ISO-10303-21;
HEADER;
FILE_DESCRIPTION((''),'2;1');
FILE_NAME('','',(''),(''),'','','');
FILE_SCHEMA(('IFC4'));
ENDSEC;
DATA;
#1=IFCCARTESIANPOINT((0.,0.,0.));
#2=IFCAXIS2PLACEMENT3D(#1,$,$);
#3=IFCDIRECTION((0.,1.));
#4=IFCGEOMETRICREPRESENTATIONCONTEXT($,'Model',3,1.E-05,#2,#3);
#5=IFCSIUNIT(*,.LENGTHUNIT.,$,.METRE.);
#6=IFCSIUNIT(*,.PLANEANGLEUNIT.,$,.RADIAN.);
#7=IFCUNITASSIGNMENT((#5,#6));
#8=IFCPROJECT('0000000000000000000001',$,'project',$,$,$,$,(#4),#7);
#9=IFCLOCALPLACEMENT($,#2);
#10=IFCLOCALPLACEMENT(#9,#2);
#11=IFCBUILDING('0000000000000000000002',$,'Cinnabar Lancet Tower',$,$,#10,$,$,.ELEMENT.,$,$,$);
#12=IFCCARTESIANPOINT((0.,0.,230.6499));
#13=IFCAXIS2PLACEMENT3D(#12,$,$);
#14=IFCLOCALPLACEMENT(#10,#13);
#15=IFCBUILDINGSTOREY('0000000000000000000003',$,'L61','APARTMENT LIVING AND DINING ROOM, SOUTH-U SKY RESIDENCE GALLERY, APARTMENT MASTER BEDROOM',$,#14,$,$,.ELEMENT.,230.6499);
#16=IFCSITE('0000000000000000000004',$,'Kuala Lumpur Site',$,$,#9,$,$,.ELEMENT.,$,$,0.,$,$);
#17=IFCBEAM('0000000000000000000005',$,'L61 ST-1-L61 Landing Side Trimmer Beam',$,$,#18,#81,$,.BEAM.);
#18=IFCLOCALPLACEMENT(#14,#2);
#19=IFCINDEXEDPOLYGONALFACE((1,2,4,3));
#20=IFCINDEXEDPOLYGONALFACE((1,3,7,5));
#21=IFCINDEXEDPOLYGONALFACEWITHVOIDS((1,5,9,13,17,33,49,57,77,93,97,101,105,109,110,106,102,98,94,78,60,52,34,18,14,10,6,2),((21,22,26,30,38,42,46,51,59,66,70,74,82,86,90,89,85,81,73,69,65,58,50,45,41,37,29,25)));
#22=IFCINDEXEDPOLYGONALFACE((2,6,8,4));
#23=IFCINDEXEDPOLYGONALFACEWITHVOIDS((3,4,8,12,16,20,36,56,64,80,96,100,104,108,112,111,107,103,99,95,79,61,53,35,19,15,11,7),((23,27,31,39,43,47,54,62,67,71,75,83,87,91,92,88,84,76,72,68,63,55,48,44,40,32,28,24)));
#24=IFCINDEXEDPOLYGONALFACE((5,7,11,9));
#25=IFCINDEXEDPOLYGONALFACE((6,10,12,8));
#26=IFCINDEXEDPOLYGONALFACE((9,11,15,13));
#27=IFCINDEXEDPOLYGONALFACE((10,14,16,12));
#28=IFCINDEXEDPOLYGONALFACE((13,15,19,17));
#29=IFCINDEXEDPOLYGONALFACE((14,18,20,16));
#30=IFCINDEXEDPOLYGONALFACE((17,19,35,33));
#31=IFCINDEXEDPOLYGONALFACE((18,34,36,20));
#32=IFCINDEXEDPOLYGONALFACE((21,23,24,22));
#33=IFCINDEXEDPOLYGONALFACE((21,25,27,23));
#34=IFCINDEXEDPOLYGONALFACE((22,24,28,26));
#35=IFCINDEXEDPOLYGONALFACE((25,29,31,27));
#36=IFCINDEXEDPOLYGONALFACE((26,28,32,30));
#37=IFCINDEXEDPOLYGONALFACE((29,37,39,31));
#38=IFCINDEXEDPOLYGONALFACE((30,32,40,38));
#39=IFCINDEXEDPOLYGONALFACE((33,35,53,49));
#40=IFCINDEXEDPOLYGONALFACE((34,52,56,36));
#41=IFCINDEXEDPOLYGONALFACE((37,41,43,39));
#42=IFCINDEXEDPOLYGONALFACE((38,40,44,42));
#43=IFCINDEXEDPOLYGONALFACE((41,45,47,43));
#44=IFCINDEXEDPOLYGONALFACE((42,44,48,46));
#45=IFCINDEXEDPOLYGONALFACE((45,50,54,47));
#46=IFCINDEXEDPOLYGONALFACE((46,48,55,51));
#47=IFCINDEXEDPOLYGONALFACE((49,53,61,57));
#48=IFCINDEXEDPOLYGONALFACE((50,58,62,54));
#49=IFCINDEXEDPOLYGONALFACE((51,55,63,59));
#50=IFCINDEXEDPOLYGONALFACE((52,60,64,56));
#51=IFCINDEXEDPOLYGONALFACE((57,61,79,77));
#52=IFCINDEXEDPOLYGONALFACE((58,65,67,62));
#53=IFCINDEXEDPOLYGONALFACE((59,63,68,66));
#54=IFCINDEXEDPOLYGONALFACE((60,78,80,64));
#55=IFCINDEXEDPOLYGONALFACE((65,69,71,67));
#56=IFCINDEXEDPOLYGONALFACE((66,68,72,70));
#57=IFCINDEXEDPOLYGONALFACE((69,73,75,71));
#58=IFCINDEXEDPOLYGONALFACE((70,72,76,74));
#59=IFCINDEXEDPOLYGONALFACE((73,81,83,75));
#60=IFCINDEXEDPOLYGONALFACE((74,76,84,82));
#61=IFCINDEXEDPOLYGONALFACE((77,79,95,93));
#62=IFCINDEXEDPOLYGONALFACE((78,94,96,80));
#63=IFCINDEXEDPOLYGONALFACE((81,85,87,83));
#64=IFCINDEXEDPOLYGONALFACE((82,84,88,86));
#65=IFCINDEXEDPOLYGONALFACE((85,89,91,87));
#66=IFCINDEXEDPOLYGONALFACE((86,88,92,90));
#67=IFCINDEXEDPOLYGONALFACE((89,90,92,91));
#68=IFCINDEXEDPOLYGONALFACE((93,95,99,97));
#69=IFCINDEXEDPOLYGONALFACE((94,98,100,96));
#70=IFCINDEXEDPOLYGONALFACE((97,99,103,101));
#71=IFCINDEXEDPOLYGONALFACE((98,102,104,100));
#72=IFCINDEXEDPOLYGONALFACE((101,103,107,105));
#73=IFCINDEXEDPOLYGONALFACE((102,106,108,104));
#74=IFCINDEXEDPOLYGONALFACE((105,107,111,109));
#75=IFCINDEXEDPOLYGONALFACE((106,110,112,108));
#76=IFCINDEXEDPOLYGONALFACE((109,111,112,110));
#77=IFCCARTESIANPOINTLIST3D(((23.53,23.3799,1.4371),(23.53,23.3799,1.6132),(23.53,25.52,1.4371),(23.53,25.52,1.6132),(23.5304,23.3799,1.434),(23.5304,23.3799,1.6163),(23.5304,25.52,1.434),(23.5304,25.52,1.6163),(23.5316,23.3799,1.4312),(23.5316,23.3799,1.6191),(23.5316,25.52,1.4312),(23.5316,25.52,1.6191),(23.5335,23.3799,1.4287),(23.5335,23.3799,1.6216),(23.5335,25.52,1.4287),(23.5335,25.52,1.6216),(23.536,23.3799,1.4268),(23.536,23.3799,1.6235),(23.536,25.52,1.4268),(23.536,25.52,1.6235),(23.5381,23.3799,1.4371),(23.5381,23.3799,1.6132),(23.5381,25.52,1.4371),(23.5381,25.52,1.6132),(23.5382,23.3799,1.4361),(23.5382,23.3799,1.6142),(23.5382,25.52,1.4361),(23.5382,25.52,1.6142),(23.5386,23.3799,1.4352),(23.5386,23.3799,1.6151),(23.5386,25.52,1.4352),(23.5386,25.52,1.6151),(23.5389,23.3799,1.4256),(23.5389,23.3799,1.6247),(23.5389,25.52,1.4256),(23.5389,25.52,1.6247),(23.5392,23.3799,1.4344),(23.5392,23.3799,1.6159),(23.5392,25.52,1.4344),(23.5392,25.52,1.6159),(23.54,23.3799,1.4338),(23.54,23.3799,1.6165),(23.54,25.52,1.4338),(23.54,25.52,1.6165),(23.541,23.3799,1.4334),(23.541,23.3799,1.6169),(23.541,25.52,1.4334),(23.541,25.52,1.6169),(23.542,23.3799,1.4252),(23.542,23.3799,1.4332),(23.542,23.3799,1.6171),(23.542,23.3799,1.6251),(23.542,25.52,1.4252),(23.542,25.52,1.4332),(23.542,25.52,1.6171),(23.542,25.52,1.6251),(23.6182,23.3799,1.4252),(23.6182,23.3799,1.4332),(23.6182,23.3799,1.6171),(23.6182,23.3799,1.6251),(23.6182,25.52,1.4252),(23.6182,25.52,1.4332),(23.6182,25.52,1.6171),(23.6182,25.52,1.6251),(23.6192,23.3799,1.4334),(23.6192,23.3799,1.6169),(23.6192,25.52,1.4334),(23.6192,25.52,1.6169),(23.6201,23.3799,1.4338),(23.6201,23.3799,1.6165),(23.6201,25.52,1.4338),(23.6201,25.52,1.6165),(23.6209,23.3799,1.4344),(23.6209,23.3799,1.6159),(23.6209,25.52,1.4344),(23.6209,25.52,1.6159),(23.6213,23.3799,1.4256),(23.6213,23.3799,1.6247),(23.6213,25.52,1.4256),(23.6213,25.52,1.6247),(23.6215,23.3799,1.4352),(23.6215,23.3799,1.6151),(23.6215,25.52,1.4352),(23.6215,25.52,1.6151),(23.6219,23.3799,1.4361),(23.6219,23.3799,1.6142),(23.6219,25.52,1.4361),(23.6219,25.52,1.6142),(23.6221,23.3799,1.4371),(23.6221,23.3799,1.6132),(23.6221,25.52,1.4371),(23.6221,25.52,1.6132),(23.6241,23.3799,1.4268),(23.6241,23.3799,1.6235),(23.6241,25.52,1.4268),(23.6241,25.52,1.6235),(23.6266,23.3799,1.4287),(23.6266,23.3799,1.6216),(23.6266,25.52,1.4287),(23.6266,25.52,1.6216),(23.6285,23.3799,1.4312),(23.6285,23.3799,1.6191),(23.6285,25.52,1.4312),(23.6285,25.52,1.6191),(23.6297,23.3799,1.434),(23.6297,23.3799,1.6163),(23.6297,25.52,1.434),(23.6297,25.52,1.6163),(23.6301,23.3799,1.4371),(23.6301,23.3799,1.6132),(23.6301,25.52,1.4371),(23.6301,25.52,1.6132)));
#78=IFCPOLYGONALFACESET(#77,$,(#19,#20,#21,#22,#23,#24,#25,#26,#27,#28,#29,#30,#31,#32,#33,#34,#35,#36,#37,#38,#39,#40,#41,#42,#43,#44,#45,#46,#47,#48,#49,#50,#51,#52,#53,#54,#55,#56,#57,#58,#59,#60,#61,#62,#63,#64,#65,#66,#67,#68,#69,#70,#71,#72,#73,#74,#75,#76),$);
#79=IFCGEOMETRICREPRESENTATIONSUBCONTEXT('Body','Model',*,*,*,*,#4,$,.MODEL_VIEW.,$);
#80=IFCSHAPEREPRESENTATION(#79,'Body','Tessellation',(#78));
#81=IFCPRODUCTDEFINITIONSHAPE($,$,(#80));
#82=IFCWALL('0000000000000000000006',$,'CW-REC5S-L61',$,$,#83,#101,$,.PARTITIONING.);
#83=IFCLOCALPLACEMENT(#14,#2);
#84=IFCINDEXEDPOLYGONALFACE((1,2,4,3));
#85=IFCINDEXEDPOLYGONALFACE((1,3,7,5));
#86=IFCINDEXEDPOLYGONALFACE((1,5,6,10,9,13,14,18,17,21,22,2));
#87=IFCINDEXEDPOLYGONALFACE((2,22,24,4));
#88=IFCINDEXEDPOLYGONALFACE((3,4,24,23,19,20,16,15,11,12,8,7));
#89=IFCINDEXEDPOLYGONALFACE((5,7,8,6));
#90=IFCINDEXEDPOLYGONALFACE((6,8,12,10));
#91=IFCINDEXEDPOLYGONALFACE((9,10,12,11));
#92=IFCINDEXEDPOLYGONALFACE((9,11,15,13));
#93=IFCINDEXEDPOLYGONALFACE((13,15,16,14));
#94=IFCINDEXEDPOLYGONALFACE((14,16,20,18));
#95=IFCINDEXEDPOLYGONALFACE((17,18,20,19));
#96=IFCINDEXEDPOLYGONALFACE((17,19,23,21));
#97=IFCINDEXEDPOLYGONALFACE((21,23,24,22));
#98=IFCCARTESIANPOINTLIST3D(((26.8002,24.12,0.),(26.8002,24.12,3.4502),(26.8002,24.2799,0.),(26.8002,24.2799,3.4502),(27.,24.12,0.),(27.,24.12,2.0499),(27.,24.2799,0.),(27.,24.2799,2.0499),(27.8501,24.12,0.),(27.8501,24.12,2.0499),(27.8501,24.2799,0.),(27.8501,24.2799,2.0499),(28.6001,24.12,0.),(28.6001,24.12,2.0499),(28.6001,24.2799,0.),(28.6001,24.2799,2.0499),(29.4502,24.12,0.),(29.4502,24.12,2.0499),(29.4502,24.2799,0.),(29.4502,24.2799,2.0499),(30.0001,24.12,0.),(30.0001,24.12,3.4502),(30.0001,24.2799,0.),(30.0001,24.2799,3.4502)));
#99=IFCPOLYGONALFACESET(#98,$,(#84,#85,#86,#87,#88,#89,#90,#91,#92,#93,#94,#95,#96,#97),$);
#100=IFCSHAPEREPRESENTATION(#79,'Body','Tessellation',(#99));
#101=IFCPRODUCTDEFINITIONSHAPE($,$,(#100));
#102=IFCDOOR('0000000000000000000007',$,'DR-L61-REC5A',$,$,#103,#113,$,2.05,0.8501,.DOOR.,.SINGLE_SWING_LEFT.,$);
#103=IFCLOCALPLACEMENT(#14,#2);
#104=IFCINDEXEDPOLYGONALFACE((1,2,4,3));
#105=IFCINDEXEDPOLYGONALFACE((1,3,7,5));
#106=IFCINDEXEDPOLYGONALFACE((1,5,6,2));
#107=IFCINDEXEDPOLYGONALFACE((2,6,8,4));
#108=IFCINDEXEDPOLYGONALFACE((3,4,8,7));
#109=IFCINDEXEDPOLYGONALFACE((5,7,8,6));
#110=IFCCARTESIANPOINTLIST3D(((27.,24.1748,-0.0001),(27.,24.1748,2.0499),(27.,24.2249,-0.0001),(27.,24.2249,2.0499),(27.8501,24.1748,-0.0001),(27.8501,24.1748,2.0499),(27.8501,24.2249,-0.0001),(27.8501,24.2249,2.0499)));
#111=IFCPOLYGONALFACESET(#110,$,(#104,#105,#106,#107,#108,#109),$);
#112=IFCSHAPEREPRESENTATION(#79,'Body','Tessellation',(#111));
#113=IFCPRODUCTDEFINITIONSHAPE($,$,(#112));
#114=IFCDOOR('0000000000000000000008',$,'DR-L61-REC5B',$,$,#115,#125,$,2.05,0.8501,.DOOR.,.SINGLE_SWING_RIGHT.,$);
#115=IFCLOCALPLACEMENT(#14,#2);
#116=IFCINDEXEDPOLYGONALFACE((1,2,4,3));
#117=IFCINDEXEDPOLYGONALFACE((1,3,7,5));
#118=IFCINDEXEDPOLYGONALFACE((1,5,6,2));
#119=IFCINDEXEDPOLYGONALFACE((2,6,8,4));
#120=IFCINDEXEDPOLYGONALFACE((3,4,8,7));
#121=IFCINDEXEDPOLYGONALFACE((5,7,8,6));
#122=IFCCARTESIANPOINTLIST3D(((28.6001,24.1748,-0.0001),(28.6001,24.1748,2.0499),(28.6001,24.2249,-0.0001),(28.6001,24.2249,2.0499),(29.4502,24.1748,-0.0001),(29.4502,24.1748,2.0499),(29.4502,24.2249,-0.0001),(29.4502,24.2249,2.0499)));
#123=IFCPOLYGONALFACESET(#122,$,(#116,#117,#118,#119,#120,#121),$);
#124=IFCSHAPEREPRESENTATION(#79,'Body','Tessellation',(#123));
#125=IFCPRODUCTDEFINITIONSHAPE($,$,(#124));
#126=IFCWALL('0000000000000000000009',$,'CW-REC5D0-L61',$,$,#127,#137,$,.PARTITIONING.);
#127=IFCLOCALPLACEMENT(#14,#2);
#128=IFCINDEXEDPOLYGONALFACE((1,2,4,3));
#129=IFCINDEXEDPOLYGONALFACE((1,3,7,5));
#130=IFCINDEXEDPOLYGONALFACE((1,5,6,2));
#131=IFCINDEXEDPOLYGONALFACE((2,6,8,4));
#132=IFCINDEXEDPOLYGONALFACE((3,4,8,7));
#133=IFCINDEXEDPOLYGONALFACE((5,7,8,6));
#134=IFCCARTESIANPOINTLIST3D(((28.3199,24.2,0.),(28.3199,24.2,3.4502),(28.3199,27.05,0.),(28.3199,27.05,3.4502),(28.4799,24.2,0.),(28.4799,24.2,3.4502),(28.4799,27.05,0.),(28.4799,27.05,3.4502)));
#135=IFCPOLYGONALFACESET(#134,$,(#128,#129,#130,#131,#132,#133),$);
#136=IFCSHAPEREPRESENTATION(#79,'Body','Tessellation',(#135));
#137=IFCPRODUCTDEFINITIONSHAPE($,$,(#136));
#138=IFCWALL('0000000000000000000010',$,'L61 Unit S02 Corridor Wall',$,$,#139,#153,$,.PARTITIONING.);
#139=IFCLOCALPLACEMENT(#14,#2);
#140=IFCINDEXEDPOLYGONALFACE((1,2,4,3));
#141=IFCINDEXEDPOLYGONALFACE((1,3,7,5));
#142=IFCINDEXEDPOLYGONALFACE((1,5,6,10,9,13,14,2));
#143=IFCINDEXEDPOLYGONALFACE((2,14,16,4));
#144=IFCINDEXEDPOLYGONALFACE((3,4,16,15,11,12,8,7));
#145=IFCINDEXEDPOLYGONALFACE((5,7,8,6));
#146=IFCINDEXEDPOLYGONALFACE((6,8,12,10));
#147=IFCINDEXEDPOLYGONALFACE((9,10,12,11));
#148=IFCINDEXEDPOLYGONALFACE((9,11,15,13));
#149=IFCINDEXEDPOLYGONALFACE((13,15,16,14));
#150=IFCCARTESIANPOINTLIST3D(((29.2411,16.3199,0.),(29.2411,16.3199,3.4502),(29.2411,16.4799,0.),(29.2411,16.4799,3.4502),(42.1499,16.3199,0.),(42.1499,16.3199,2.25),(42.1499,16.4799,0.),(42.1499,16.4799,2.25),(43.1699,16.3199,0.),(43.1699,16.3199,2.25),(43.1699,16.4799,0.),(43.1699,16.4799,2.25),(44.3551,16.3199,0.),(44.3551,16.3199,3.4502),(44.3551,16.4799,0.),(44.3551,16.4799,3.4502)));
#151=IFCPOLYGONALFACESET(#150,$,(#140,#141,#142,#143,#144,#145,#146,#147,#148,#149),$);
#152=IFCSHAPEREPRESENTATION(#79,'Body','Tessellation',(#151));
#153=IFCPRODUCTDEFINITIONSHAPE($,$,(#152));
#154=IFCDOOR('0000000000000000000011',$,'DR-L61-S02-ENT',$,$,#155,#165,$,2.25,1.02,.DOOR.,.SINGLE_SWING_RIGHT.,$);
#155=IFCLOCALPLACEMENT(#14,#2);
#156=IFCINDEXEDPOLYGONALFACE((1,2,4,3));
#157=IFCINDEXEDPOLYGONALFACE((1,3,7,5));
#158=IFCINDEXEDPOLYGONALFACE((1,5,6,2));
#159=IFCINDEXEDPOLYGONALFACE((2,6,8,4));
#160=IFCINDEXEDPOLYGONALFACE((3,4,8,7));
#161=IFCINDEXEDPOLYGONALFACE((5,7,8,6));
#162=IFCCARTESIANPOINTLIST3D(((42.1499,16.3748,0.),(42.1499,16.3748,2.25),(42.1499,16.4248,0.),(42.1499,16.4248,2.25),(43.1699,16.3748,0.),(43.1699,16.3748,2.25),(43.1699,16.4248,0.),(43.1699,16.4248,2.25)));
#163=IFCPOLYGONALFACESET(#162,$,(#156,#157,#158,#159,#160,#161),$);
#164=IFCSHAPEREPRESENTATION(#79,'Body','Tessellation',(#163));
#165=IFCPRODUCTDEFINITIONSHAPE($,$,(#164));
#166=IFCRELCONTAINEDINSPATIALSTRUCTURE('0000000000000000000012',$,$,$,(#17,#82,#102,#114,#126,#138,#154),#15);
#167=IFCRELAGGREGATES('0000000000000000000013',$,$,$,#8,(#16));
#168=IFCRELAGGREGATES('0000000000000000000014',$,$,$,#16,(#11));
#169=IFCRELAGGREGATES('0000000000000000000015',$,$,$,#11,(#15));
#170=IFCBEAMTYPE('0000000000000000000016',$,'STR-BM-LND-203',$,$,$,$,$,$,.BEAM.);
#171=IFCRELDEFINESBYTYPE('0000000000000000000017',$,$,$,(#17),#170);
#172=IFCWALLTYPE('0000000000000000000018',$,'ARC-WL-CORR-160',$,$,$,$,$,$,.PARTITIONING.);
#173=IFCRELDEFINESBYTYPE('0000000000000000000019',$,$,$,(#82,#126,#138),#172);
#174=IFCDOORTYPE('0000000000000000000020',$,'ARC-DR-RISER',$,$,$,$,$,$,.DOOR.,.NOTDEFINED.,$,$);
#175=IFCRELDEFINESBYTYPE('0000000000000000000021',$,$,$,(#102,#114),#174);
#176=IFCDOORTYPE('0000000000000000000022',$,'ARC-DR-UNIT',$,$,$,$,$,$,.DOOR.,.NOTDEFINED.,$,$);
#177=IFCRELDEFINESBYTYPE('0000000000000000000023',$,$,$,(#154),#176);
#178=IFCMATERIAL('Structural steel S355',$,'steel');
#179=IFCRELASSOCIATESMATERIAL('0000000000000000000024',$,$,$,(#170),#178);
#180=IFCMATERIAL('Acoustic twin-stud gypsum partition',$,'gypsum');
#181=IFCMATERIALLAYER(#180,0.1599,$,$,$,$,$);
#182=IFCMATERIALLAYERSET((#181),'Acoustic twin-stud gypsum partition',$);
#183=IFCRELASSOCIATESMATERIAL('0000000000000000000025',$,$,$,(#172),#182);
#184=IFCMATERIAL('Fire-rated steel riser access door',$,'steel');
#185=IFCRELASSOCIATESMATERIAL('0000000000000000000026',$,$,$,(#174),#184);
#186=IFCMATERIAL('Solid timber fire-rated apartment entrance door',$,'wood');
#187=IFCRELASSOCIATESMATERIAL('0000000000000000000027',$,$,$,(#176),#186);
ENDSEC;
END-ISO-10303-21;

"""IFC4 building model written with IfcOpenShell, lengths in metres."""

from ifc_helpers import new_model, si_unit, direction, frame, frame_2d, origin, origin_2d, place, context, subcontext, project, spatial, rectangle, hollow_rectangle, extrude, material, layer, layer_set, material_profile, profile_set, type_object, element, fill, save


model = new_model("IFC4")

# Units and contexts
model_context = context("Model", 3, precision=1e-05, world=origin(), true_north=direction((0.0, 1.0)))
body_context = subcontext(model_context, "Body", "Model", "MODEL_VIEW")
ifc_project = project(units=[si_unit("LENGTHUNIT", "METRE"), si_unit("PLANEANGLEUNIT", "RADIAN")], contexts=[model_context])

# Site, building, storey
site_placement = place(None, origin())
site = spatial("IfcSite", under=ifc_project, at=site_placement, Name="Kuala Lumpur Site", CompositionType="ELEMENT", RefElevation=0.0)
building_placement = place(site_placement, origin())
building = spatial("IfcBuilding", under=site, at=building_placement, Name="Cinnabar Lancet Tower", CompositionType="ELEMENT")
storey_placement = place(building_placement, frame((0.0, 0.0, 230.6499)))
storey = spatial("IfcBuildingStorey", under=building, at=storey_placement, Name="L61", Description="APARTMENT LIVING AND DINING ROOM, SOUTH-U SKY RESIDENCE GALLERY, APARTMENT MASTER BEDROOM", CompositionType="ELEMENT", Elevation=230.6499)

# Beam
ifc_material_1 = material(Name="Structural steel S355", Category="steel")
ifc_material_profile_1 = material_profile(ifc_material_1, hollow_rectangle(XDim=0.1001, YDim=0.2, WallThickness=0.0081, InnerFilletRadius=0.0039, OuterFilletRadius=0.012, at=origin_2d()), Name="RHS 200x100x8")
ifc_profile_set_1 = profile_set([ifc_material_profile_1], Name="Structural steel S355")
beam_type_1 = type_object("IfcBeamType", Name="STR-BM-LND-203", PredefinedType="BEAM", material=ifc_profile_set_1)
beam_1_placement = place(storey_placement, frame((23.5801, 23.3799, 1.5251), z_axis=(0.0, 1.0, 0.0), x_axis=(-1.0, 0.0, 0.0)))
element("IfcBeam", 1, at=beam_1_placement, inside=storey, type_object=beam_type_1, Name="L61 ST-1-L61 Landing Side Trimmer Beam", PredefinedType="BEAM", context=body_context, shape_type="SweptSolid", body=[
    extrude(hollow_rectangle(XDim=0.1001, YDim=0.2, WallThickness=0.0081, InnerFilletRadius=0.0039, OuterFilletRadius=0.012, at=origin_2d()), origin(), (0.0, 0.0, 1.0), 2.1401),
])

# Wall, openings, doors
ifc_material_2 = material(Name="Acoustic twin-stud gypsum partition", Category="gypsum")
ifc_layer_1 = layer(ifc_material_2, 0.1599)
ifc_layer_set_1 = layer_set([ifc_layer_1], Name="Acoustic twin-stud gypsum partition")
wall_type_1 = type_object("IfcWallType", Name="ARC-WL-CORR-160", PredefinedType="PARTITIONING", material=ifc_layer_set_1)
wall_1_placement = place(storey_placement, frame((26.8, 24.2, 0.0), z_axis=(0.0, 0.0, 1.0), x_axis=(1.0, 0.0, 0.0)))
wall_1 = element("IfcWall", 2, at=wall_1_placement, inside=storey, type_object=wall_type_1, Name="CW-REC5S-L61", PredefinedType="PARTITIONING", context=body_context, shape_type="SweptSolid", body=[
    extrude(rectangle(XDim=3.2, YDim=0.1599, at=frame_2d((1.6001, 0.0))), origin(), (0.0, 0.0, 1.0), 3.4502),
])
opening_1_placement = place(wall_1_placement, frame((0.2, 0.0, 0.0)))
opening_1 = element("IfcOpeningElement", 3, at=opening_1_placement, cuts=wall_1, PredefinedType="OPENING", context=body_context, shape_type="SweptSolid", body=[
    extrude(rectangle(XDim=0.8501, YDim=2.05, at=frame_2d((0.425, 1.0249))), frame((0.0, 0.0898, 0.0), z_axis=(0.0, -1.0, 0.0), x_axis=(1.0, 0.0, 0.0)), (0.0, 0.0, 1.0), 0.1799),
])
opening_2_placement = place(wall_1_placement, frame((1.8, 0.0, 0.0)))
opening_2 = element("IfcOpeningElement", 4, at=opening_2_placement, cuts=wall_1, PredefinedType="OPENING", context=body_context, shape_type="SweptSolid", body=[
    extrude(rectangle(XDim=0.8501, YDim=2.05, at=frame_2d((0.425, 1.0249))), frame((0.0, 0.0898, 0.0), z_axis=(0.0, -1.0, 0.0), x_axis=(1.0, 0.0, 0.0)), (0.0, 0.0, 1.0), 0.1799),
])
ifc_material_3 = material(Name="Fire-rated steel riser access door", Category="steel")
door_type_1 = type_object("IfcDoorType", Name="ARC-DR-RISER", OperationType="NOTDEFINED", PredefinedType="DOOR", material=ifc_material_3)
door_1_placement = place(opening_1_placement, origin())
door_1 = element("IfcDoor", 5, at=door_1_placement, inside=storey, type_object=door_type_1, Name="DR-L61-REC5A", OperationType="SINGLE_SWING_LEFT", OverallHeight=2.05, OverallWidth=0.8501, PredefinedType="DOOR", context=body_context, shape_type="SweptSolid", body=[
    extrude(rectangle(XDim=0.8501, YDim=2.05, at=frame_2d((0.425, 1.0249))), frame((0.0, 0.0249, 0.0), z_axis=(0.0, -1.0, 0.0), x_axis=(1.0, 0.0, 0.0)), (0.0, 0.0, 1.0), 0.05),
])
fill(opening_1, door_1)
door_2_placement = place(opening_2_placement, origin())
door_2 = element("IfcDoor", 6, at=door_2_placement, inside=storey, type_object=door_type_1, Name="DR-L61-REC5B", OperationType="SINGLE_SWING_RIGHT", OverallHeight=2.05, OverallWidth=0.8501, PredefinedType="DOOR", context=body_context, shape_type="SweptSolid", body=[
    extrude(rectangle(XDim=0.8501, YDim=2.05, at=frame_2d((0.425, 1.0249))), frame((0.0, 0.0249, 0.0), z_axis=(0.0, -1.0, 0.0), x_axis=(1.0, 0.0, 0.0)), (0.0, 0.0, 1.0), 0.05),
])
fill(opening_2, door_2)

# Wall
wall_2_placement = place(storey_placement, frame((28.3999, 24.2, 0.0), z_axis=(0.0, 0.0, 1.0), x_axis=(0.0, 1.0, 0.0)))
element("IfcWall", 7, at=wall_2_placement, inside=storey, type_object=wall_type_1, Name="CW-REC5D0-L61", PredefinedType="PARTITIONING", context=body_context, shape_type="SweptSolid", body=[
    extrude(rectangle(XDim=2.8501, YDim=0.1599, at=frame_2d((1.425, 0.0))), origin(), (0.0, 0.0, 1.0), 3.4502),
])

# Wall, opening, door
wall_3_placement = place(storey_placement, frame((29.241, 16.3999, 0.0), z_axis=(0.0, 0.0, 1.0), x_axis=(1.0, 0.0, 0.0)))
wall_3 = element("IfcWall", 8, at=wall_3_placement, inside=storey, type_object=wall_type_1, Name="L61 Unit S02 Corridor Wall", PredefinedType="PARTITIONING", context=body_context, shape_type="SweptSolid", body=[
    extrude(rectangle(XDim=15.114, YDim=0.1599, at=frame_2d((7.5571, 0.0))), origin(), (0.0, 0.0, 1.0), 3.4502),
])
opening_3_placement = place(wall_3_placement, frame((12.9089, 0.0, 0.0)))
opening_3 = element("IfcOpeningElement", 9, at=opening_3_placement, cuts=wall_3, PredefinedType="OPENING", context=body_context, shape_type="SweptSolid", body=[
    extrude(rectangle(XDim=1.02, YDim=2.25, at=frame_2d((0.51, 1.125))), frame((0.0, 0.0898, 0.0), z_axis=(0.0, -1.0, 0.0), x_axis=(1.0, 0.0, 0.0)), (0.0, 0.0, 1.0), 0.1799),
])
ifc_material_4 = material(Name="Solid timber fire-rated apartment entrance door", Category="wood")
door_type_2 = type_object("IfcDoorType", Name="ARC-DR-UNIT", OperationType="NOTDEFINED", PredefinedType="DOOR", material=ifc_material_4)
door_3_placement = place(opening_3_placement, origin())
door_3 = element("IfcDoor", 10, at=door_3_placement, inside=storey, type_object=door_type_2, Name="DR-L61-S02-ENT", OperationType="SINGLE_SWING_RIGHT", OverallHeight=2.25, OverallWidth=1.02, PredefinedType="DOOR", context=body_context, shape_type="SweptSolid", body=[
    extrude(rectangle(XDim=1.02, YDim=2.25, at=frame_2d((0.51, 1.125))), frame((0.0, 0.0249, 0.0), z_axis=(0.0, -1.0, 0.0), x_axis=(1.0, 0.0, 0.0)), (0.0, 0.0, 1.0), 0.05),
])
fill(opening_3, door_3)

save(model, "model.ifc")
